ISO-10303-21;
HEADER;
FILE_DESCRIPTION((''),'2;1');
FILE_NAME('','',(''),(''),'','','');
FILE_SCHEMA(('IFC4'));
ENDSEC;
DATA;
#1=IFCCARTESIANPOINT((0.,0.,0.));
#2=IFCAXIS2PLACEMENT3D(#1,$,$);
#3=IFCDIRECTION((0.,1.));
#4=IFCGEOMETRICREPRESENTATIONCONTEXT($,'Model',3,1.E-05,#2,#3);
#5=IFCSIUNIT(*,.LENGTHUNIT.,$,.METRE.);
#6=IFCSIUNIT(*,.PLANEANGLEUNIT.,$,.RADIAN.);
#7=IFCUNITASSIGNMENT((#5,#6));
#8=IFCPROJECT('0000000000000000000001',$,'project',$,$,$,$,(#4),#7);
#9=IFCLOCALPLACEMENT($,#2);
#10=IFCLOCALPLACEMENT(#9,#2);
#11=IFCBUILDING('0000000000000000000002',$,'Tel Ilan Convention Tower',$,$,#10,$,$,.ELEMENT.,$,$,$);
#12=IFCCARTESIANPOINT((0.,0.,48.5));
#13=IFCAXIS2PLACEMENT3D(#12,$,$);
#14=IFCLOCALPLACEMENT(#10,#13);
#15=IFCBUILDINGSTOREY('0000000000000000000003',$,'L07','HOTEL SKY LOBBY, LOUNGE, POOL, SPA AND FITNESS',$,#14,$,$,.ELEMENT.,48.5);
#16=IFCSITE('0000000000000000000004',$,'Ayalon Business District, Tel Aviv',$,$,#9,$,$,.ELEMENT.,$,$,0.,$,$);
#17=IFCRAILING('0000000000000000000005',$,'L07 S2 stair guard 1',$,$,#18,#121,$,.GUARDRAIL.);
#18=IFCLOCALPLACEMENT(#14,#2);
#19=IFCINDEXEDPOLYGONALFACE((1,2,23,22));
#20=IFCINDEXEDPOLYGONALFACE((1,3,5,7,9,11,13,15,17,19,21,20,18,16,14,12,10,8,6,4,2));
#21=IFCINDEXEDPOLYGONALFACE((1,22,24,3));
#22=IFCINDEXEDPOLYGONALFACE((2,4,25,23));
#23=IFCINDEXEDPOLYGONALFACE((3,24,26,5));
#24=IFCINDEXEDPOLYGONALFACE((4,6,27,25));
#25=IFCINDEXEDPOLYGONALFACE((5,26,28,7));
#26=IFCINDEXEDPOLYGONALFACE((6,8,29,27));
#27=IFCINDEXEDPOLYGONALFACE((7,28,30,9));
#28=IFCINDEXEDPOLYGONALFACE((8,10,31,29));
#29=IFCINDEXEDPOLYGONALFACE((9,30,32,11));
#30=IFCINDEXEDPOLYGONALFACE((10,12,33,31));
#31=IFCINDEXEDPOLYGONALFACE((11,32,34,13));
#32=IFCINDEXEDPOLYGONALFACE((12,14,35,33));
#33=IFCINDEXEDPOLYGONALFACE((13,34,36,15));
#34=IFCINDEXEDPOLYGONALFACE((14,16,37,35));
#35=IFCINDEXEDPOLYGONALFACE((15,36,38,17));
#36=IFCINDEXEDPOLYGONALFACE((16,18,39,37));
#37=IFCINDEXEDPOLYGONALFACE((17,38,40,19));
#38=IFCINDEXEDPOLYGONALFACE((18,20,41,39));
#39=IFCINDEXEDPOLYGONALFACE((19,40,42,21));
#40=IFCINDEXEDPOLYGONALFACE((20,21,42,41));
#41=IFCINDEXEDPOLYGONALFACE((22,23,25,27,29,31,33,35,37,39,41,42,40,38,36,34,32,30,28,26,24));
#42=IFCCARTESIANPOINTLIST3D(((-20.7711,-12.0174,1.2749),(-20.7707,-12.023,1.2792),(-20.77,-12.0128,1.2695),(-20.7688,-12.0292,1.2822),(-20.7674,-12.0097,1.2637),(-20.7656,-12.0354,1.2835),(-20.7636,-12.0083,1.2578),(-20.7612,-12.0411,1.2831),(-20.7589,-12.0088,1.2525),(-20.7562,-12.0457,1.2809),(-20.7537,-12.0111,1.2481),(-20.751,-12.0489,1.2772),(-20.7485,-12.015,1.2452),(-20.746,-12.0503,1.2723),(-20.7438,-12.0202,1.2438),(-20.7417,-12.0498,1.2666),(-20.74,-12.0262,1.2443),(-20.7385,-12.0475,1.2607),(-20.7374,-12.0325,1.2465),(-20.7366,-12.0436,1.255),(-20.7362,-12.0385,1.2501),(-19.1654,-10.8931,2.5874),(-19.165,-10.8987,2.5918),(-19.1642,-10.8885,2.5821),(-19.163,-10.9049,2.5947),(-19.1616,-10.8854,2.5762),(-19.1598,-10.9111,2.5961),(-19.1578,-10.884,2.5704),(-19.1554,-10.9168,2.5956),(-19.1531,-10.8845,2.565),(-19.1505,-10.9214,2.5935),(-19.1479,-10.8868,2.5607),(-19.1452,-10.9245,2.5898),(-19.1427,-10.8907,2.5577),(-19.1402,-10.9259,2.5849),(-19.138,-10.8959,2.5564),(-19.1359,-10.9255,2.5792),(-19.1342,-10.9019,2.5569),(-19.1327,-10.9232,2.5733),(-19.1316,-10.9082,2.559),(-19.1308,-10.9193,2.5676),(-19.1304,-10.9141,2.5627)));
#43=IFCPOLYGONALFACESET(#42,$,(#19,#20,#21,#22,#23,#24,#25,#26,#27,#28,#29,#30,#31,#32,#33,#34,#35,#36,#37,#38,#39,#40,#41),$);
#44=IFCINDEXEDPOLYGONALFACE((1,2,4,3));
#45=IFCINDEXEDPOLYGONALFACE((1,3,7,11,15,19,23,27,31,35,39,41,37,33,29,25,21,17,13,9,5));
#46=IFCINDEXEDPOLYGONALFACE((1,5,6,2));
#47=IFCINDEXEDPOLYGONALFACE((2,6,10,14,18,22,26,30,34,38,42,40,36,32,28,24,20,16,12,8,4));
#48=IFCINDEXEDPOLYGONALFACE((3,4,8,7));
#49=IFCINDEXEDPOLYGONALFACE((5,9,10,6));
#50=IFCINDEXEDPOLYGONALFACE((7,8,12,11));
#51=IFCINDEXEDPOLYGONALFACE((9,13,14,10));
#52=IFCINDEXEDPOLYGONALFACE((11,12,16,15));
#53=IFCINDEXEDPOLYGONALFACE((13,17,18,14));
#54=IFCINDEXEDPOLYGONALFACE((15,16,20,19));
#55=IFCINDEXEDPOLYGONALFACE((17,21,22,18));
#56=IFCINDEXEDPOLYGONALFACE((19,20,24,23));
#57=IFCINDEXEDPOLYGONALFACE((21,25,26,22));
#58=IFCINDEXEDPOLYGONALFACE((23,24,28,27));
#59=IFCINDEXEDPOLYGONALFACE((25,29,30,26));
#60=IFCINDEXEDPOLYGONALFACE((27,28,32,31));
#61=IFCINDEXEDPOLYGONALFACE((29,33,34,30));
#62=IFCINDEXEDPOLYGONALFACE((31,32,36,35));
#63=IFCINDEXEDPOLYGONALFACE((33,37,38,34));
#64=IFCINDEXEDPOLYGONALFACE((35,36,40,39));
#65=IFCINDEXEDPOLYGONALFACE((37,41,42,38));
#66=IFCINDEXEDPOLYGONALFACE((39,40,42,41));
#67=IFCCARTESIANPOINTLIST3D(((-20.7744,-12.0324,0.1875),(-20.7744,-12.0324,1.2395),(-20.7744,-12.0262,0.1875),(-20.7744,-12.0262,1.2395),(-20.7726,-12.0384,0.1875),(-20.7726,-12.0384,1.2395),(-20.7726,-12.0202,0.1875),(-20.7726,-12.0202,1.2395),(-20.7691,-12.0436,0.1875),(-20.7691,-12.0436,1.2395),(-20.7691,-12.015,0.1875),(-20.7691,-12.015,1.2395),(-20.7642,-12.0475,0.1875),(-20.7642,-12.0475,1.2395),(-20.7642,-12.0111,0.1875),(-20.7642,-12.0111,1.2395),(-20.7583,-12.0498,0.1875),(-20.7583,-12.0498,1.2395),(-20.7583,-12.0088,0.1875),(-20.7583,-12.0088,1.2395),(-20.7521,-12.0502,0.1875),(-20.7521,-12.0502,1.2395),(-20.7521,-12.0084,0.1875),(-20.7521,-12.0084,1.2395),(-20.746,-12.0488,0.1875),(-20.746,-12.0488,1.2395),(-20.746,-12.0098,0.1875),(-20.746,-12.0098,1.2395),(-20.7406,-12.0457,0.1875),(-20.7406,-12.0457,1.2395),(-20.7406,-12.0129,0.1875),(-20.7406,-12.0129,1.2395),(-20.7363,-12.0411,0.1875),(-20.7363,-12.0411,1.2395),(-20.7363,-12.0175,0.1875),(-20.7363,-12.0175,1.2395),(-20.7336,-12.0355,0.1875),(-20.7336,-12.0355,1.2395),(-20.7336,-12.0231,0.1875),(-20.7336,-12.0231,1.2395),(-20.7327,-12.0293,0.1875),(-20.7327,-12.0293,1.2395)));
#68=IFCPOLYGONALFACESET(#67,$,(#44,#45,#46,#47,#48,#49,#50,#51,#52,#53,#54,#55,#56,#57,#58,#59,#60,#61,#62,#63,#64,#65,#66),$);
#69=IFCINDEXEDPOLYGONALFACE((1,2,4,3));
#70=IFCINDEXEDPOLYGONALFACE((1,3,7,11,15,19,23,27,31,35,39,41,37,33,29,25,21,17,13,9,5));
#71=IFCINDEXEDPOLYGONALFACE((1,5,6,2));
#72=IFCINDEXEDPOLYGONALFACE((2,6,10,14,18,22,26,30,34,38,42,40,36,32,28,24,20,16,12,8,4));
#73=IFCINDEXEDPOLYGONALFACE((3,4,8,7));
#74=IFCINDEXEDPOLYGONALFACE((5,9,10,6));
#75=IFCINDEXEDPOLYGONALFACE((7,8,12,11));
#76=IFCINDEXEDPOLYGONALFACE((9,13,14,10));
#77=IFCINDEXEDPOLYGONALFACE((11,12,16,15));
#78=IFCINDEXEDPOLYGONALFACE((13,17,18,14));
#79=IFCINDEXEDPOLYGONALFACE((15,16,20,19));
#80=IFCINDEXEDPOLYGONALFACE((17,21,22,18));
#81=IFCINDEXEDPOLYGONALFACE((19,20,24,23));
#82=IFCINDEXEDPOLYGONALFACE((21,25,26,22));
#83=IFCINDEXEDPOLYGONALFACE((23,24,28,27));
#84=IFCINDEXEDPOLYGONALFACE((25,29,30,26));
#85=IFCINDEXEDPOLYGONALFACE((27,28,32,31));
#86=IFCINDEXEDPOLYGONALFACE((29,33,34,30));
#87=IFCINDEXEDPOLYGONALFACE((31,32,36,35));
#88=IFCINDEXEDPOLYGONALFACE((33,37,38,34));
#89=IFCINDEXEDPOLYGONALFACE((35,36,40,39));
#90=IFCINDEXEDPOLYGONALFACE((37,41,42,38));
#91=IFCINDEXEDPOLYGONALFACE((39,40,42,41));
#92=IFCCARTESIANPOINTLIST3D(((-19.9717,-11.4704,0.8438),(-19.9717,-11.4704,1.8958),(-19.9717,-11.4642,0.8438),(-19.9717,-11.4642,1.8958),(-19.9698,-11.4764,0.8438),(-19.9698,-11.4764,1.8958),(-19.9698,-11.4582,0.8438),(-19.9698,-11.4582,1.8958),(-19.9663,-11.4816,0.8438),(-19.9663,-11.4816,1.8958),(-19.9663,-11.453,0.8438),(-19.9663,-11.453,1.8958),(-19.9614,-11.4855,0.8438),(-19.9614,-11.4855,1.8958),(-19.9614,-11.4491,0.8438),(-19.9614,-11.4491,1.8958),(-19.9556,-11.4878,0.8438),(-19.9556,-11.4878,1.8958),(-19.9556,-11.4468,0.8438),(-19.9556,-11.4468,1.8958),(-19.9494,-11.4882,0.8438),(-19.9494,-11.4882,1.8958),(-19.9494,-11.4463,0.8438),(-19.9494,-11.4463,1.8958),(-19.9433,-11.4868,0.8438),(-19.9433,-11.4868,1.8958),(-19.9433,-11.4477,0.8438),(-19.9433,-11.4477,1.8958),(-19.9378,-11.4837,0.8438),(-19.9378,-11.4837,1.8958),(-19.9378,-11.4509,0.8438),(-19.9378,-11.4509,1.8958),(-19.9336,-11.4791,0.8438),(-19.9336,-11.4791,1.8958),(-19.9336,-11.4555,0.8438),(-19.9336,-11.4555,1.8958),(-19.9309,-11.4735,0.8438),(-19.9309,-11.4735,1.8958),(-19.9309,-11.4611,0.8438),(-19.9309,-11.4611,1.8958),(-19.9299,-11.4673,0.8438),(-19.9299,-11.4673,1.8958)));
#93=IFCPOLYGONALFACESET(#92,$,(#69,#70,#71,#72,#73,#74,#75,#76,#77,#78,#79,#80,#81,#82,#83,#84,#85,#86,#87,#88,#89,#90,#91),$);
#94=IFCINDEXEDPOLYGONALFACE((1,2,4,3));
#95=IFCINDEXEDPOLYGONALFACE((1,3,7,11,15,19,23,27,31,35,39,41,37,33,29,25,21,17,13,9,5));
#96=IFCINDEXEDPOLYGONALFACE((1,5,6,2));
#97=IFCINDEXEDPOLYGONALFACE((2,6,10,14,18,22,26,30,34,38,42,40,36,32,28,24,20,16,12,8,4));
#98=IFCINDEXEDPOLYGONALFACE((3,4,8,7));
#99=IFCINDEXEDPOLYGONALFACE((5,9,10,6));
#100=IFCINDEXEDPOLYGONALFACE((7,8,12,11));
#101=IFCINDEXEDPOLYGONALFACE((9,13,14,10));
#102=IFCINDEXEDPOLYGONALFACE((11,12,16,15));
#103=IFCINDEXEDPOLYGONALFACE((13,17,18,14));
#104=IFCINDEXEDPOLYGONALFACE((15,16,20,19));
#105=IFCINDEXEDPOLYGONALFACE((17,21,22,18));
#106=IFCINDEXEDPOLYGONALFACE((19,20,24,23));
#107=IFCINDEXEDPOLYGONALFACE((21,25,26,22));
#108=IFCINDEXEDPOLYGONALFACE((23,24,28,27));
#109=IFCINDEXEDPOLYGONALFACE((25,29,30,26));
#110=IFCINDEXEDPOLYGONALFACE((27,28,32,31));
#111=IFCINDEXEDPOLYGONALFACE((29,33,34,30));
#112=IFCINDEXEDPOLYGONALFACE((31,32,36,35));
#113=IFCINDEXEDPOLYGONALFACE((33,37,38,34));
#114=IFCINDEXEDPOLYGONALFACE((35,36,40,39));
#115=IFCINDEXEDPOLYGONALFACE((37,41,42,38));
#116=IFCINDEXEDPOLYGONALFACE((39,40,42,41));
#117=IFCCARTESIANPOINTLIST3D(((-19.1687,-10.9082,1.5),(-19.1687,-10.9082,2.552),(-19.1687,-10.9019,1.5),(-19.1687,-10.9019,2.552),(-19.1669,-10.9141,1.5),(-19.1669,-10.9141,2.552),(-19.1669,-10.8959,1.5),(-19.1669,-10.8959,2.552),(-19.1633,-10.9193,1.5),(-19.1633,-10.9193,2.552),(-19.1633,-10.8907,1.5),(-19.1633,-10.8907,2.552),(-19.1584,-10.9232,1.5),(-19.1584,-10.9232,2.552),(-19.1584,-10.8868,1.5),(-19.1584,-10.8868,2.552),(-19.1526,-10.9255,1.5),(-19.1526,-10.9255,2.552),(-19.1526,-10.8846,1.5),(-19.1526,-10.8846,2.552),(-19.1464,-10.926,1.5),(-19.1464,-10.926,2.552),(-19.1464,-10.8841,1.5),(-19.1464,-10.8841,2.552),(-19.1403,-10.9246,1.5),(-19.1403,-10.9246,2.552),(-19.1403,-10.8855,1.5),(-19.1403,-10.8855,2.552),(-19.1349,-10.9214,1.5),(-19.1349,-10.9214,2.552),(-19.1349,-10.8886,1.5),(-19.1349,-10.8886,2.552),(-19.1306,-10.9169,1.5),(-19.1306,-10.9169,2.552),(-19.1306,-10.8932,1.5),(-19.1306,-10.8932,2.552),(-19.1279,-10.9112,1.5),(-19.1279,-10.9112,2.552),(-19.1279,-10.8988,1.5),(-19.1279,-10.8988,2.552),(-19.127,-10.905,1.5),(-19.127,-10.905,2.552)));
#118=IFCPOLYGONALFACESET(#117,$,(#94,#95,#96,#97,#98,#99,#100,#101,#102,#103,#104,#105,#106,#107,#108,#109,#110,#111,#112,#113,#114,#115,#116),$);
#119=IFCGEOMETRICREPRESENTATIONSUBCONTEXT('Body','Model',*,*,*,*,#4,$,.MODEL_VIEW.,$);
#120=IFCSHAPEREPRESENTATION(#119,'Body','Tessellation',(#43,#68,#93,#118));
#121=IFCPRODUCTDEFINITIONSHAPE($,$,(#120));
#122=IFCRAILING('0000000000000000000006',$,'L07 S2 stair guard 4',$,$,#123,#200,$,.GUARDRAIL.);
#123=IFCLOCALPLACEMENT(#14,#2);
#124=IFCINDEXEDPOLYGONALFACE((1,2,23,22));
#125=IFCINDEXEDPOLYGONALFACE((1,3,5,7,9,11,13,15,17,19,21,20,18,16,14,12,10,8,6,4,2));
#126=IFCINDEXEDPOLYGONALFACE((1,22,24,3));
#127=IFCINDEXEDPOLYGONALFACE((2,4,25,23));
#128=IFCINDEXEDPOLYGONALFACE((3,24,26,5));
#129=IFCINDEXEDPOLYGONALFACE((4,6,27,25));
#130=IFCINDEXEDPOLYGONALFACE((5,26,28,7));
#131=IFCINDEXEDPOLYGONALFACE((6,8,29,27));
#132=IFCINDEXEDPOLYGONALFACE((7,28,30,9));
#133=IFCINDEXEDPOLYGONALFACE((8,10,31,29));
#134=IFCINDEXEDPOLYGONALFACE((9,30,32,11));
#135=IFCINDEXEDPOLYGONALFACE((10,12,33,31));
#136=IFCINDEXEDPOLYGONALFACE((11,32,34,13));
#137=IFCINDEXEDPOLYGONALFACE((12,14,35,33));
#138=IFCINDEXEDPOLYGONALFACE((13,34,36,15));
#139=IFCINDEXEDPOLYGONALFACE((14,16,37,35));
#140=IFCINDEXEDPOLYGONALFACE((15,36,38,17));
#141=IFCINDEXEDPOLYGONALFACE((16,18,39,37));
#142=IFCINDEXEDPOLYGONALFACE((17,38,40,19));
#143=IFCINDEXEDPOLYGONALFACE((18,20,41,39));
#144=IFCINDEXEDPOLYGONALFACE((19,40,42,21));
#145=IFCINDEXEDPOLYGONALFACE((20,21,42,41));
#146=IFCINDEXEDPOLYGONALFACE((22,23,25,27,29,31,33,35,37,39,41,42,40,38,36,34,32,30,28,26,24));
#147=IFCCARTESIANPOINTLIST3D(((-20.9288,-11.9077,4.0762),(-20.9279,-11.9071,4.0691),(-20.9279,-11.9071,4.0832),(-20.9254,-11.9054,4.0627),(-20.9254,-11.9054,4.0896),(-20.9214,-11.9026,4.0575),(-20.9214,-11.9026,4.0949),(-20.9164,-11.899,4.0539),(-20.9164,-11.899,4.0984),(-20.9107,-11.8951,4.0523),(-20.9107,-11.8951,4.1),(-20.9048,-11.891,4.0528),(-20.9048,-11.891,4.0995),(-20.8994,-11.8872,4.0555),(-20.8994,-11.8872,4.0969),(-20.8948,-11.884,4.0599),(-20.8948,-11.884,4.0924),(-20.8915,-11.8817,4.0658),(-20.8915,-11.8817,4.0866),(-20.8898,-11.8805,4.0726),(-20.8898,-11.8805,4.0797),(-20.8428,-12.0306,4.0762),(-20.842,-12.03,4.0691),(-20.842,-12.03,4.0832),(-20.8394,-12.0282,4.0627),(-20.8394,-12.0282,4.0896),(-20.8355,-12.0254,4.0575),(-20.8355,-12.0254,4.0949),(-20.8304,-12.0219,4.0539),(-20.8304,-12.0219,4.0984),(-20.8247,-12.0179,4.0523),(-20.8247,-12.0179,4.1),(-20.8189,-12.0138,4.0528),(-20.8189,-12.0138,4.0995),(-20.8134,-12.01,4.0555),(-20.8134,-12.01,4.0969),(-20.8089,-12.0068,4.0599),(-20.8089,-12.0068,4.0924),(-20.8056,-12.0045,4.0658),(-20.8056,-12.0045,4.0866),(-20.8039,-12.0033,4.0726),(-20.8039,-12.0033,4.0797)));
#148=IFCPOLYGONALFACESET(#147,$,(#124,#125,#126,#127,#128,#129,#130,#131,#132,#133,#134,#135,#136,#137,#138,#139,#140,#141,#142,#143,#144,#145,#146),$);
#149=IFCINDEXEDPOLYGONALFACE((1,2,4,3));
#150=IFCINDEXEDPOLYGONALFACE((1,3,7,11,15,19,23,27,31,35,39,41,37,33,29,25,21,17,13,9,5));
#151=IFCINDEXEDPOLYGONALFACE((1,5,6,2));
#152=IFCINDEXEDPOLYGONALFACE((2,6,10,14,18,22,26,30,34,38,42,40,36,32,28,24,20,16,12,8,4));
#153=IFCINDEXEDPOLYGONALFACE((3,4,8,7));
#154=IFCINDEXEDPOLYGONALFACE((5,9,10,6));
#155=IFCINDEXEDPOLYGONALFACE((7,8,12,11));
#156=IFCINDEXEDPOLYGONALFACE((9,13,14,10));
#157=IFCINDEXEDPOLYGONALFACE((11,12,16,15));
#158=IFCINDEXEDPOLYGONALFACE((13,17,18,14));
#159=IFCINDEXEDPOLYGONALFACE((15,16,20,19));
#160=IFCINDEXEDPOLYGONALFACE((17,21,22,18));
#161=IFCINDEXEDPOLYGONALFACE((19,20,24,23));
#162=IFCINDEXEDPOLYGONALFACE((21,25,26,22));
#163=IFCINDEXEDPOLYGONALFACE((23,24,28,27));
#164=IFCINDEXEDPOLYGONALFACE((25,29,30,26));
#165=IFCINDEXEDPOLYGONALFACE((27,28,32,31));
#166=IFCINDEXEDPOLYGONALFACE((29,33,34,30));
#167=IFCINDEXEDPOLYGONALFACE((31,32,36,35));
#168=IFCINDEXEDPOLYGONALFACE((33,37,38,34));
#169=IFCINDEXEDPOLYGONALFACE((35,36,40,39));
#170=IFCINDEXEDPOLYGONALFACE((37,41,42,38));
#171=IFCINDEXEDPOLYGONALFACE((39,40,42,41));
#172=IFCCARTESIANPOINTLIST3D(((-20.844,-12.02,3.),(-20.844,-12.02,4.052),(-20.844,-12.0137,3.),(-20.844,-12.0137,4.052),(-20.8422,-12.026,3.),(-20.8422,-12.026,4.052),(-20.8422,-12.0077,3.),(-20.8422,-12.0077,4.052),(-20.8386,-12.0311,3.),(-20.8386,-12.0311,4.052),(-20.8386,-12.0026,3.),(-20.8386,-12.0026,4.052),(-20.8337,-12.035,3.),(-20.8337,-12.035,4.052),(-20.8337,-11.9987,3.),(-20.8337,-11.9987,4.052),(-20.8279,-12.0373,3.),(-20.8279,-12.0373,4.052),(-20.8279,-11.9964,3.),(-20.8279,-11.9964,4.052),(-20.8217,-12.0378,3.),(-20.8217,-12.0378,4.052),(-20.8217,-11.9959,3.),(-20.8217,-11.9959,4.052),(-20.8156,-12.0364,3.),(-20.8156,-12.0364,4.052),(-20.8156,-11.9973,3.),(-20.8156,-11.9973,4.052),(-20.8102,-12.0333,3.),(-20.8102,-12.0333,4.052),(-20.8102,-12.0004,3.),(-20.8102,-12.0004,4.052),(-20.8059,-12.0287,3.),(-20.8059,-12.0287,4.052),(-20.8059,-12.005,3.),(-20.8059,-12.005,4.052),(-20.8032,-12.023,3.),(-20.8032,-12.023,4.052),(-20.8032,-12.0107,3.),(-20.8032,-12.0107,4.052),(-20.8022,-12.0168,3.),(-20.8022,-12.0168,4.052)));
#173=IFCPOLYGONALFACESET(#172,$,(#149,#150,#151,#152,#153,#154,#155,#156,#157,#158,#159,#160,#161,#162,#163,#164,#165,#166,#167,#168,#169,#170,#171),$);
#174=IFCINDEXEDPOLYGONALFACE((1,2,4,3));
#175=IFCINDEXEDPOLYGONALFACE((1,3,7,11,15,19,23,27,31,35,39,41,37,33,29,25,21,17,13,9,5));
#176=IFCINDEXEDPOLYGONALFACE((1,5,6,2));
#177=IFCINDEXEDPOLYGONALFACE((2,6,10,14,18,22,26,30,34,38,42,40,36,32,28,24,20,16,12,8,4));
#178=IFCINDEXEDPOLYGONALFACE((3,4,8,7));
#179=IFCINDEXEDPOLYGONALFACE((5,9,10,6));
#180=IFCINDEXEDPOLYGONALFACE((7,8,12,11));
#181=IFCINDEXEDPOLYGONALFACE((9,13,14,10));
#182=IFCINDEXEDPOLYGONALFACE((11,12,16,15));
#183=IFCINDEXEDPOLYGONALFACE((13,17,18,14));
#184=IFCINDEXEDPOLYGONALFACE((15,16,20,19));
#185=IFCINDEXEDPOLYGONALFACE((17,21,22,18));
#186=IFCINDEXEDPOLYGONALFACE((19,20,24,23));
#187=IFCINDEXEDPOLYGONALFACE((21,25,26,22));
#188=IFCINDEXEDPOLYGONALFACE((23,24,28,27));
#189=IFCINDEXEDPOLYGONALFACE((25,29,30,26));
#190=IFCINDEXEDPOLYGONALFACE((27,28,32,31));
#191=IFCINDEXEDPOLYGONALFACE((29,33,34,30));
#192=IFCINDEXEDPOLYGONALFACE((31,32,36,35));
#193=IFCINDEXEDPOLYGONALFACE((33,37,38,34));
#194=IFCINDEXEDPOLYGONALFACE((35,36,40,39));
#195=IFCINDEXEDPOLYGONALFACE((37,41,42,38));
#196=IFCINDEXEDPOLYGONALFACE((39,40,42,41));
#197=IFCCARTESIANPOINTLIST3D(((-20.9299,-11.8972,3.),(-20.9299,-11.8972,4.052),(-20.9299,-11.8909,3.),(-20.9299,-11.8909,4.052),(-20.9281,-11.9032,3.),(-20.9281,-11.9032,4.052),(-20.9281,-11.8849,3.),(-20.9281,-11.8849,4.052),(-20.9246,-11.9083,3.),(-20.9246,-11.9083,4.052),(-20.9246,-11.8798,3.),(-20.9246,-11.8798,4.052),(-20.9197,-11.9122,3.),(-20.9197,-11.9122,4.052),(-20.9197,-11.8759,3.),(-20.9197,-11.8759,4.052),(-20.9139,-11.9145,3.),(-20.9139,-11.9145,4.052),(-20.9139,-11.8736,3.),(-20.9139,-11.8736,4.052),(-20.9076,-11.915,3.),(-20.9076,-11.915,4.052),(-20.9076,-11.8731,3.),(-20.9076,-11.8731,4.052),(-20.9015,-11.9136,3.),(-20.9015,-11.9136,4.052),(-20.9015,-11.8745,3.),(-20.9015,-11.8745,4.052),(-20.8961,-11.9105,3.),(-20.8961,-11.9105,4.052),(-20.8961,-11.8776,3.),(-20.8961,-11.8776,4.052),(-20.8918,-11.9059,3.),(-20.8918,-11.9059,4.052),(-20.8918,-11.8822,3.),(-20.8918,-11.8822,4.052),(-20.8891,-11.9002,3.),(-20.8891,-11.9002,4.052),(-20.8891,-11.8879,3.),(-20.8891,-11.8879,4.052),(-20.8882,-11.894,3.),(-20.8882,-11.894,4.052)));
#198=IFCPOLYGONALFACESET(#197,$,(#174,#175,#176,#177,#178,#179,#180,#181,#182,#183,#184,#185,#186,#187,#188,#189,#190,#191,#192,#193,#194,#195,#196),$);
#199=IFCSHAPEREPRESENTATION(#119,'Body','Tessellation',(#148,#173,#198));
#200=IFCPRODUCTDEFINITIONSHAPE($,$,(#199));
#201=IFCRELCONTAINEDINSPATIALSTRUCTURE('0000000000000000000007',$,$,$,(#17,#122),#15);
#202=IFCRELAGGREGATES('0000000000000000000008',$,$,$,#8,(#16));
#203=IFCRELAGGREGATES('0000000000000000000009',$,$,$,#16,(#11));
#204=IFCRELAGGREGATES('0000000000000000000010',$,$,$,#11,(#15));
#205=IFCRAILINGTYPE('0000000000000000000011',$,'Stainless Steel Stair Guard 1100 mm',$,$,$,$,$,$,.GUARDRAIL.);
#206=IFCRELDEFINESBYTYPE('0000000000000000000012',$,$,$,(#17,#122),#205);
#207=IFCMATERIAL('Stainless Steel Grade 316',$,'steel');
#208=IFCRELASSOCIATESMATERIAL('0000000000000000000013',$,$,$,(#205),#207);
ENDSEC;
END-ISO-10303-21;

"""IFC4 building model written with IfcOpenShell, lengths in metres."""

from ifc_helpers import new_model, si_unit, direction, frame, origin, origin_2d, place, context, subcontext, project, spatial, circle, extrude, material, type_object, element, save


model = new_model("IFC4")

# Units and contexts
model_context = context("Model", 3, precision=1e-05, world=origin(), true_north=direction((0.0, 1.0)))
body_context = subcontext(model_context, "Body", "Model", "MODEL_VIEW")
ifc_project = project(units=[si_unit("LENGTHUNIT", "METRE"), si_unit("PLANEANGLEUNIT", "RADIAN")], contexts=[model_context])

# Site, building, storey
site_placement = place(None, origin())
site = spatial("IfcSite", under=ifc_project, at=site_placement, Name="Ayalon Business District, Tel Aviv", CompositionType="ELEMENT", RefElevation=0.0)
building_placement = place(site_placement, origin())
building = spatial("IfcBuilding", under=site, at=building_placement, Name="Tel Ilan Convention Tower", CompositionType="ELEMENT")
storey_placement = place(building_placement, frame((0.0, 0.0, 48.5)))
storey = spatial("IfcBuildingStorey", under=building, at=storey_placement, Name="L07", Description="HOTEL SKY LOBBY, LOUNGE, POOL, SPA AND FITNESS", CompositionType="ELEMENT", Elevation=48.5)

# Railings
ifc_material_1 = material(Name="Stainless Steel Grade 316", Category="steel")
railing_type_1 = type_object("IfcRailingType", Name="Stainless Steel Stair Guard 1100 mm", PredefinedType="GUARDRAIL", material=ifc_material_1)
railing_1_placement = place(storey_placement, frame((-20.7537, -12.0293, 0.1875)))
element("IfcRailing", 1, at=railing_1_placement, inside=storey, type_object=railing_type_1, Name="L07 S2 stair guard 1", PredefinedType="GUARDRAIL", context=body_context, shape_type="SweptSolid", body=[
    extrude(circle(Radius=0.0239, at=origin_2d()), frame((0.0, 0.0, 1.0762), z_axis=(0.680671, 0.476584, 0.556376), x_axis=(-0.573554, 0.819168, 0.0)), (0.0, 0.0, 1.0), 2.3591),
    extrude(circle(Radius=0.021, at=origin_2d()), origin(), (0.0, 0.0, 1.0), 1.052),
    extrude(circle(Radius=0.021, at=origin_2d()), frame((0.8027, 0.562, 0.6562)), (0.0, 0.0, 1.0), 1.052),
    extrude(circle(Radius=0.021, at=origin_2d()), frame((1.6057, 1.1243, 1.3125)), (0.0, 0.0, 1.0), 1.052),
])
railing_2_placement = place(storey_placement, frame((-20.8232, -12.0168, 3.0)))
element("IfcRailing", 2, at=railing_2_placement, inside=storey, type_object=railing_type_1, Name="L07 S2 stair guard 4", PredefinedType="GUARDRAIL", context=body_context, shape_type="SweptSolid", body=[
    extrude(circle(Radius=0.0239, at=origin_2d()), frame((0.0, 0.0, 1.0762), z_axis=(-0.573353, 0.819308, 0.0), x_axis=(-0.819308, -0.573353, 0.0)), (0.0, 0.0, 1.0), 0.1499),
    extrude(circle(Radius=0.021, at=origin_2d()), origin(), (0.0, 0.0, 1.0), 1.052),
    extrude(circle(Radius=0.021, at=origin_2d()), frame((-0.0859, 0.1228, 0.0)), (0.0, 0.0, 1.0), 1.052),
])

save(model, "model.ifc")
